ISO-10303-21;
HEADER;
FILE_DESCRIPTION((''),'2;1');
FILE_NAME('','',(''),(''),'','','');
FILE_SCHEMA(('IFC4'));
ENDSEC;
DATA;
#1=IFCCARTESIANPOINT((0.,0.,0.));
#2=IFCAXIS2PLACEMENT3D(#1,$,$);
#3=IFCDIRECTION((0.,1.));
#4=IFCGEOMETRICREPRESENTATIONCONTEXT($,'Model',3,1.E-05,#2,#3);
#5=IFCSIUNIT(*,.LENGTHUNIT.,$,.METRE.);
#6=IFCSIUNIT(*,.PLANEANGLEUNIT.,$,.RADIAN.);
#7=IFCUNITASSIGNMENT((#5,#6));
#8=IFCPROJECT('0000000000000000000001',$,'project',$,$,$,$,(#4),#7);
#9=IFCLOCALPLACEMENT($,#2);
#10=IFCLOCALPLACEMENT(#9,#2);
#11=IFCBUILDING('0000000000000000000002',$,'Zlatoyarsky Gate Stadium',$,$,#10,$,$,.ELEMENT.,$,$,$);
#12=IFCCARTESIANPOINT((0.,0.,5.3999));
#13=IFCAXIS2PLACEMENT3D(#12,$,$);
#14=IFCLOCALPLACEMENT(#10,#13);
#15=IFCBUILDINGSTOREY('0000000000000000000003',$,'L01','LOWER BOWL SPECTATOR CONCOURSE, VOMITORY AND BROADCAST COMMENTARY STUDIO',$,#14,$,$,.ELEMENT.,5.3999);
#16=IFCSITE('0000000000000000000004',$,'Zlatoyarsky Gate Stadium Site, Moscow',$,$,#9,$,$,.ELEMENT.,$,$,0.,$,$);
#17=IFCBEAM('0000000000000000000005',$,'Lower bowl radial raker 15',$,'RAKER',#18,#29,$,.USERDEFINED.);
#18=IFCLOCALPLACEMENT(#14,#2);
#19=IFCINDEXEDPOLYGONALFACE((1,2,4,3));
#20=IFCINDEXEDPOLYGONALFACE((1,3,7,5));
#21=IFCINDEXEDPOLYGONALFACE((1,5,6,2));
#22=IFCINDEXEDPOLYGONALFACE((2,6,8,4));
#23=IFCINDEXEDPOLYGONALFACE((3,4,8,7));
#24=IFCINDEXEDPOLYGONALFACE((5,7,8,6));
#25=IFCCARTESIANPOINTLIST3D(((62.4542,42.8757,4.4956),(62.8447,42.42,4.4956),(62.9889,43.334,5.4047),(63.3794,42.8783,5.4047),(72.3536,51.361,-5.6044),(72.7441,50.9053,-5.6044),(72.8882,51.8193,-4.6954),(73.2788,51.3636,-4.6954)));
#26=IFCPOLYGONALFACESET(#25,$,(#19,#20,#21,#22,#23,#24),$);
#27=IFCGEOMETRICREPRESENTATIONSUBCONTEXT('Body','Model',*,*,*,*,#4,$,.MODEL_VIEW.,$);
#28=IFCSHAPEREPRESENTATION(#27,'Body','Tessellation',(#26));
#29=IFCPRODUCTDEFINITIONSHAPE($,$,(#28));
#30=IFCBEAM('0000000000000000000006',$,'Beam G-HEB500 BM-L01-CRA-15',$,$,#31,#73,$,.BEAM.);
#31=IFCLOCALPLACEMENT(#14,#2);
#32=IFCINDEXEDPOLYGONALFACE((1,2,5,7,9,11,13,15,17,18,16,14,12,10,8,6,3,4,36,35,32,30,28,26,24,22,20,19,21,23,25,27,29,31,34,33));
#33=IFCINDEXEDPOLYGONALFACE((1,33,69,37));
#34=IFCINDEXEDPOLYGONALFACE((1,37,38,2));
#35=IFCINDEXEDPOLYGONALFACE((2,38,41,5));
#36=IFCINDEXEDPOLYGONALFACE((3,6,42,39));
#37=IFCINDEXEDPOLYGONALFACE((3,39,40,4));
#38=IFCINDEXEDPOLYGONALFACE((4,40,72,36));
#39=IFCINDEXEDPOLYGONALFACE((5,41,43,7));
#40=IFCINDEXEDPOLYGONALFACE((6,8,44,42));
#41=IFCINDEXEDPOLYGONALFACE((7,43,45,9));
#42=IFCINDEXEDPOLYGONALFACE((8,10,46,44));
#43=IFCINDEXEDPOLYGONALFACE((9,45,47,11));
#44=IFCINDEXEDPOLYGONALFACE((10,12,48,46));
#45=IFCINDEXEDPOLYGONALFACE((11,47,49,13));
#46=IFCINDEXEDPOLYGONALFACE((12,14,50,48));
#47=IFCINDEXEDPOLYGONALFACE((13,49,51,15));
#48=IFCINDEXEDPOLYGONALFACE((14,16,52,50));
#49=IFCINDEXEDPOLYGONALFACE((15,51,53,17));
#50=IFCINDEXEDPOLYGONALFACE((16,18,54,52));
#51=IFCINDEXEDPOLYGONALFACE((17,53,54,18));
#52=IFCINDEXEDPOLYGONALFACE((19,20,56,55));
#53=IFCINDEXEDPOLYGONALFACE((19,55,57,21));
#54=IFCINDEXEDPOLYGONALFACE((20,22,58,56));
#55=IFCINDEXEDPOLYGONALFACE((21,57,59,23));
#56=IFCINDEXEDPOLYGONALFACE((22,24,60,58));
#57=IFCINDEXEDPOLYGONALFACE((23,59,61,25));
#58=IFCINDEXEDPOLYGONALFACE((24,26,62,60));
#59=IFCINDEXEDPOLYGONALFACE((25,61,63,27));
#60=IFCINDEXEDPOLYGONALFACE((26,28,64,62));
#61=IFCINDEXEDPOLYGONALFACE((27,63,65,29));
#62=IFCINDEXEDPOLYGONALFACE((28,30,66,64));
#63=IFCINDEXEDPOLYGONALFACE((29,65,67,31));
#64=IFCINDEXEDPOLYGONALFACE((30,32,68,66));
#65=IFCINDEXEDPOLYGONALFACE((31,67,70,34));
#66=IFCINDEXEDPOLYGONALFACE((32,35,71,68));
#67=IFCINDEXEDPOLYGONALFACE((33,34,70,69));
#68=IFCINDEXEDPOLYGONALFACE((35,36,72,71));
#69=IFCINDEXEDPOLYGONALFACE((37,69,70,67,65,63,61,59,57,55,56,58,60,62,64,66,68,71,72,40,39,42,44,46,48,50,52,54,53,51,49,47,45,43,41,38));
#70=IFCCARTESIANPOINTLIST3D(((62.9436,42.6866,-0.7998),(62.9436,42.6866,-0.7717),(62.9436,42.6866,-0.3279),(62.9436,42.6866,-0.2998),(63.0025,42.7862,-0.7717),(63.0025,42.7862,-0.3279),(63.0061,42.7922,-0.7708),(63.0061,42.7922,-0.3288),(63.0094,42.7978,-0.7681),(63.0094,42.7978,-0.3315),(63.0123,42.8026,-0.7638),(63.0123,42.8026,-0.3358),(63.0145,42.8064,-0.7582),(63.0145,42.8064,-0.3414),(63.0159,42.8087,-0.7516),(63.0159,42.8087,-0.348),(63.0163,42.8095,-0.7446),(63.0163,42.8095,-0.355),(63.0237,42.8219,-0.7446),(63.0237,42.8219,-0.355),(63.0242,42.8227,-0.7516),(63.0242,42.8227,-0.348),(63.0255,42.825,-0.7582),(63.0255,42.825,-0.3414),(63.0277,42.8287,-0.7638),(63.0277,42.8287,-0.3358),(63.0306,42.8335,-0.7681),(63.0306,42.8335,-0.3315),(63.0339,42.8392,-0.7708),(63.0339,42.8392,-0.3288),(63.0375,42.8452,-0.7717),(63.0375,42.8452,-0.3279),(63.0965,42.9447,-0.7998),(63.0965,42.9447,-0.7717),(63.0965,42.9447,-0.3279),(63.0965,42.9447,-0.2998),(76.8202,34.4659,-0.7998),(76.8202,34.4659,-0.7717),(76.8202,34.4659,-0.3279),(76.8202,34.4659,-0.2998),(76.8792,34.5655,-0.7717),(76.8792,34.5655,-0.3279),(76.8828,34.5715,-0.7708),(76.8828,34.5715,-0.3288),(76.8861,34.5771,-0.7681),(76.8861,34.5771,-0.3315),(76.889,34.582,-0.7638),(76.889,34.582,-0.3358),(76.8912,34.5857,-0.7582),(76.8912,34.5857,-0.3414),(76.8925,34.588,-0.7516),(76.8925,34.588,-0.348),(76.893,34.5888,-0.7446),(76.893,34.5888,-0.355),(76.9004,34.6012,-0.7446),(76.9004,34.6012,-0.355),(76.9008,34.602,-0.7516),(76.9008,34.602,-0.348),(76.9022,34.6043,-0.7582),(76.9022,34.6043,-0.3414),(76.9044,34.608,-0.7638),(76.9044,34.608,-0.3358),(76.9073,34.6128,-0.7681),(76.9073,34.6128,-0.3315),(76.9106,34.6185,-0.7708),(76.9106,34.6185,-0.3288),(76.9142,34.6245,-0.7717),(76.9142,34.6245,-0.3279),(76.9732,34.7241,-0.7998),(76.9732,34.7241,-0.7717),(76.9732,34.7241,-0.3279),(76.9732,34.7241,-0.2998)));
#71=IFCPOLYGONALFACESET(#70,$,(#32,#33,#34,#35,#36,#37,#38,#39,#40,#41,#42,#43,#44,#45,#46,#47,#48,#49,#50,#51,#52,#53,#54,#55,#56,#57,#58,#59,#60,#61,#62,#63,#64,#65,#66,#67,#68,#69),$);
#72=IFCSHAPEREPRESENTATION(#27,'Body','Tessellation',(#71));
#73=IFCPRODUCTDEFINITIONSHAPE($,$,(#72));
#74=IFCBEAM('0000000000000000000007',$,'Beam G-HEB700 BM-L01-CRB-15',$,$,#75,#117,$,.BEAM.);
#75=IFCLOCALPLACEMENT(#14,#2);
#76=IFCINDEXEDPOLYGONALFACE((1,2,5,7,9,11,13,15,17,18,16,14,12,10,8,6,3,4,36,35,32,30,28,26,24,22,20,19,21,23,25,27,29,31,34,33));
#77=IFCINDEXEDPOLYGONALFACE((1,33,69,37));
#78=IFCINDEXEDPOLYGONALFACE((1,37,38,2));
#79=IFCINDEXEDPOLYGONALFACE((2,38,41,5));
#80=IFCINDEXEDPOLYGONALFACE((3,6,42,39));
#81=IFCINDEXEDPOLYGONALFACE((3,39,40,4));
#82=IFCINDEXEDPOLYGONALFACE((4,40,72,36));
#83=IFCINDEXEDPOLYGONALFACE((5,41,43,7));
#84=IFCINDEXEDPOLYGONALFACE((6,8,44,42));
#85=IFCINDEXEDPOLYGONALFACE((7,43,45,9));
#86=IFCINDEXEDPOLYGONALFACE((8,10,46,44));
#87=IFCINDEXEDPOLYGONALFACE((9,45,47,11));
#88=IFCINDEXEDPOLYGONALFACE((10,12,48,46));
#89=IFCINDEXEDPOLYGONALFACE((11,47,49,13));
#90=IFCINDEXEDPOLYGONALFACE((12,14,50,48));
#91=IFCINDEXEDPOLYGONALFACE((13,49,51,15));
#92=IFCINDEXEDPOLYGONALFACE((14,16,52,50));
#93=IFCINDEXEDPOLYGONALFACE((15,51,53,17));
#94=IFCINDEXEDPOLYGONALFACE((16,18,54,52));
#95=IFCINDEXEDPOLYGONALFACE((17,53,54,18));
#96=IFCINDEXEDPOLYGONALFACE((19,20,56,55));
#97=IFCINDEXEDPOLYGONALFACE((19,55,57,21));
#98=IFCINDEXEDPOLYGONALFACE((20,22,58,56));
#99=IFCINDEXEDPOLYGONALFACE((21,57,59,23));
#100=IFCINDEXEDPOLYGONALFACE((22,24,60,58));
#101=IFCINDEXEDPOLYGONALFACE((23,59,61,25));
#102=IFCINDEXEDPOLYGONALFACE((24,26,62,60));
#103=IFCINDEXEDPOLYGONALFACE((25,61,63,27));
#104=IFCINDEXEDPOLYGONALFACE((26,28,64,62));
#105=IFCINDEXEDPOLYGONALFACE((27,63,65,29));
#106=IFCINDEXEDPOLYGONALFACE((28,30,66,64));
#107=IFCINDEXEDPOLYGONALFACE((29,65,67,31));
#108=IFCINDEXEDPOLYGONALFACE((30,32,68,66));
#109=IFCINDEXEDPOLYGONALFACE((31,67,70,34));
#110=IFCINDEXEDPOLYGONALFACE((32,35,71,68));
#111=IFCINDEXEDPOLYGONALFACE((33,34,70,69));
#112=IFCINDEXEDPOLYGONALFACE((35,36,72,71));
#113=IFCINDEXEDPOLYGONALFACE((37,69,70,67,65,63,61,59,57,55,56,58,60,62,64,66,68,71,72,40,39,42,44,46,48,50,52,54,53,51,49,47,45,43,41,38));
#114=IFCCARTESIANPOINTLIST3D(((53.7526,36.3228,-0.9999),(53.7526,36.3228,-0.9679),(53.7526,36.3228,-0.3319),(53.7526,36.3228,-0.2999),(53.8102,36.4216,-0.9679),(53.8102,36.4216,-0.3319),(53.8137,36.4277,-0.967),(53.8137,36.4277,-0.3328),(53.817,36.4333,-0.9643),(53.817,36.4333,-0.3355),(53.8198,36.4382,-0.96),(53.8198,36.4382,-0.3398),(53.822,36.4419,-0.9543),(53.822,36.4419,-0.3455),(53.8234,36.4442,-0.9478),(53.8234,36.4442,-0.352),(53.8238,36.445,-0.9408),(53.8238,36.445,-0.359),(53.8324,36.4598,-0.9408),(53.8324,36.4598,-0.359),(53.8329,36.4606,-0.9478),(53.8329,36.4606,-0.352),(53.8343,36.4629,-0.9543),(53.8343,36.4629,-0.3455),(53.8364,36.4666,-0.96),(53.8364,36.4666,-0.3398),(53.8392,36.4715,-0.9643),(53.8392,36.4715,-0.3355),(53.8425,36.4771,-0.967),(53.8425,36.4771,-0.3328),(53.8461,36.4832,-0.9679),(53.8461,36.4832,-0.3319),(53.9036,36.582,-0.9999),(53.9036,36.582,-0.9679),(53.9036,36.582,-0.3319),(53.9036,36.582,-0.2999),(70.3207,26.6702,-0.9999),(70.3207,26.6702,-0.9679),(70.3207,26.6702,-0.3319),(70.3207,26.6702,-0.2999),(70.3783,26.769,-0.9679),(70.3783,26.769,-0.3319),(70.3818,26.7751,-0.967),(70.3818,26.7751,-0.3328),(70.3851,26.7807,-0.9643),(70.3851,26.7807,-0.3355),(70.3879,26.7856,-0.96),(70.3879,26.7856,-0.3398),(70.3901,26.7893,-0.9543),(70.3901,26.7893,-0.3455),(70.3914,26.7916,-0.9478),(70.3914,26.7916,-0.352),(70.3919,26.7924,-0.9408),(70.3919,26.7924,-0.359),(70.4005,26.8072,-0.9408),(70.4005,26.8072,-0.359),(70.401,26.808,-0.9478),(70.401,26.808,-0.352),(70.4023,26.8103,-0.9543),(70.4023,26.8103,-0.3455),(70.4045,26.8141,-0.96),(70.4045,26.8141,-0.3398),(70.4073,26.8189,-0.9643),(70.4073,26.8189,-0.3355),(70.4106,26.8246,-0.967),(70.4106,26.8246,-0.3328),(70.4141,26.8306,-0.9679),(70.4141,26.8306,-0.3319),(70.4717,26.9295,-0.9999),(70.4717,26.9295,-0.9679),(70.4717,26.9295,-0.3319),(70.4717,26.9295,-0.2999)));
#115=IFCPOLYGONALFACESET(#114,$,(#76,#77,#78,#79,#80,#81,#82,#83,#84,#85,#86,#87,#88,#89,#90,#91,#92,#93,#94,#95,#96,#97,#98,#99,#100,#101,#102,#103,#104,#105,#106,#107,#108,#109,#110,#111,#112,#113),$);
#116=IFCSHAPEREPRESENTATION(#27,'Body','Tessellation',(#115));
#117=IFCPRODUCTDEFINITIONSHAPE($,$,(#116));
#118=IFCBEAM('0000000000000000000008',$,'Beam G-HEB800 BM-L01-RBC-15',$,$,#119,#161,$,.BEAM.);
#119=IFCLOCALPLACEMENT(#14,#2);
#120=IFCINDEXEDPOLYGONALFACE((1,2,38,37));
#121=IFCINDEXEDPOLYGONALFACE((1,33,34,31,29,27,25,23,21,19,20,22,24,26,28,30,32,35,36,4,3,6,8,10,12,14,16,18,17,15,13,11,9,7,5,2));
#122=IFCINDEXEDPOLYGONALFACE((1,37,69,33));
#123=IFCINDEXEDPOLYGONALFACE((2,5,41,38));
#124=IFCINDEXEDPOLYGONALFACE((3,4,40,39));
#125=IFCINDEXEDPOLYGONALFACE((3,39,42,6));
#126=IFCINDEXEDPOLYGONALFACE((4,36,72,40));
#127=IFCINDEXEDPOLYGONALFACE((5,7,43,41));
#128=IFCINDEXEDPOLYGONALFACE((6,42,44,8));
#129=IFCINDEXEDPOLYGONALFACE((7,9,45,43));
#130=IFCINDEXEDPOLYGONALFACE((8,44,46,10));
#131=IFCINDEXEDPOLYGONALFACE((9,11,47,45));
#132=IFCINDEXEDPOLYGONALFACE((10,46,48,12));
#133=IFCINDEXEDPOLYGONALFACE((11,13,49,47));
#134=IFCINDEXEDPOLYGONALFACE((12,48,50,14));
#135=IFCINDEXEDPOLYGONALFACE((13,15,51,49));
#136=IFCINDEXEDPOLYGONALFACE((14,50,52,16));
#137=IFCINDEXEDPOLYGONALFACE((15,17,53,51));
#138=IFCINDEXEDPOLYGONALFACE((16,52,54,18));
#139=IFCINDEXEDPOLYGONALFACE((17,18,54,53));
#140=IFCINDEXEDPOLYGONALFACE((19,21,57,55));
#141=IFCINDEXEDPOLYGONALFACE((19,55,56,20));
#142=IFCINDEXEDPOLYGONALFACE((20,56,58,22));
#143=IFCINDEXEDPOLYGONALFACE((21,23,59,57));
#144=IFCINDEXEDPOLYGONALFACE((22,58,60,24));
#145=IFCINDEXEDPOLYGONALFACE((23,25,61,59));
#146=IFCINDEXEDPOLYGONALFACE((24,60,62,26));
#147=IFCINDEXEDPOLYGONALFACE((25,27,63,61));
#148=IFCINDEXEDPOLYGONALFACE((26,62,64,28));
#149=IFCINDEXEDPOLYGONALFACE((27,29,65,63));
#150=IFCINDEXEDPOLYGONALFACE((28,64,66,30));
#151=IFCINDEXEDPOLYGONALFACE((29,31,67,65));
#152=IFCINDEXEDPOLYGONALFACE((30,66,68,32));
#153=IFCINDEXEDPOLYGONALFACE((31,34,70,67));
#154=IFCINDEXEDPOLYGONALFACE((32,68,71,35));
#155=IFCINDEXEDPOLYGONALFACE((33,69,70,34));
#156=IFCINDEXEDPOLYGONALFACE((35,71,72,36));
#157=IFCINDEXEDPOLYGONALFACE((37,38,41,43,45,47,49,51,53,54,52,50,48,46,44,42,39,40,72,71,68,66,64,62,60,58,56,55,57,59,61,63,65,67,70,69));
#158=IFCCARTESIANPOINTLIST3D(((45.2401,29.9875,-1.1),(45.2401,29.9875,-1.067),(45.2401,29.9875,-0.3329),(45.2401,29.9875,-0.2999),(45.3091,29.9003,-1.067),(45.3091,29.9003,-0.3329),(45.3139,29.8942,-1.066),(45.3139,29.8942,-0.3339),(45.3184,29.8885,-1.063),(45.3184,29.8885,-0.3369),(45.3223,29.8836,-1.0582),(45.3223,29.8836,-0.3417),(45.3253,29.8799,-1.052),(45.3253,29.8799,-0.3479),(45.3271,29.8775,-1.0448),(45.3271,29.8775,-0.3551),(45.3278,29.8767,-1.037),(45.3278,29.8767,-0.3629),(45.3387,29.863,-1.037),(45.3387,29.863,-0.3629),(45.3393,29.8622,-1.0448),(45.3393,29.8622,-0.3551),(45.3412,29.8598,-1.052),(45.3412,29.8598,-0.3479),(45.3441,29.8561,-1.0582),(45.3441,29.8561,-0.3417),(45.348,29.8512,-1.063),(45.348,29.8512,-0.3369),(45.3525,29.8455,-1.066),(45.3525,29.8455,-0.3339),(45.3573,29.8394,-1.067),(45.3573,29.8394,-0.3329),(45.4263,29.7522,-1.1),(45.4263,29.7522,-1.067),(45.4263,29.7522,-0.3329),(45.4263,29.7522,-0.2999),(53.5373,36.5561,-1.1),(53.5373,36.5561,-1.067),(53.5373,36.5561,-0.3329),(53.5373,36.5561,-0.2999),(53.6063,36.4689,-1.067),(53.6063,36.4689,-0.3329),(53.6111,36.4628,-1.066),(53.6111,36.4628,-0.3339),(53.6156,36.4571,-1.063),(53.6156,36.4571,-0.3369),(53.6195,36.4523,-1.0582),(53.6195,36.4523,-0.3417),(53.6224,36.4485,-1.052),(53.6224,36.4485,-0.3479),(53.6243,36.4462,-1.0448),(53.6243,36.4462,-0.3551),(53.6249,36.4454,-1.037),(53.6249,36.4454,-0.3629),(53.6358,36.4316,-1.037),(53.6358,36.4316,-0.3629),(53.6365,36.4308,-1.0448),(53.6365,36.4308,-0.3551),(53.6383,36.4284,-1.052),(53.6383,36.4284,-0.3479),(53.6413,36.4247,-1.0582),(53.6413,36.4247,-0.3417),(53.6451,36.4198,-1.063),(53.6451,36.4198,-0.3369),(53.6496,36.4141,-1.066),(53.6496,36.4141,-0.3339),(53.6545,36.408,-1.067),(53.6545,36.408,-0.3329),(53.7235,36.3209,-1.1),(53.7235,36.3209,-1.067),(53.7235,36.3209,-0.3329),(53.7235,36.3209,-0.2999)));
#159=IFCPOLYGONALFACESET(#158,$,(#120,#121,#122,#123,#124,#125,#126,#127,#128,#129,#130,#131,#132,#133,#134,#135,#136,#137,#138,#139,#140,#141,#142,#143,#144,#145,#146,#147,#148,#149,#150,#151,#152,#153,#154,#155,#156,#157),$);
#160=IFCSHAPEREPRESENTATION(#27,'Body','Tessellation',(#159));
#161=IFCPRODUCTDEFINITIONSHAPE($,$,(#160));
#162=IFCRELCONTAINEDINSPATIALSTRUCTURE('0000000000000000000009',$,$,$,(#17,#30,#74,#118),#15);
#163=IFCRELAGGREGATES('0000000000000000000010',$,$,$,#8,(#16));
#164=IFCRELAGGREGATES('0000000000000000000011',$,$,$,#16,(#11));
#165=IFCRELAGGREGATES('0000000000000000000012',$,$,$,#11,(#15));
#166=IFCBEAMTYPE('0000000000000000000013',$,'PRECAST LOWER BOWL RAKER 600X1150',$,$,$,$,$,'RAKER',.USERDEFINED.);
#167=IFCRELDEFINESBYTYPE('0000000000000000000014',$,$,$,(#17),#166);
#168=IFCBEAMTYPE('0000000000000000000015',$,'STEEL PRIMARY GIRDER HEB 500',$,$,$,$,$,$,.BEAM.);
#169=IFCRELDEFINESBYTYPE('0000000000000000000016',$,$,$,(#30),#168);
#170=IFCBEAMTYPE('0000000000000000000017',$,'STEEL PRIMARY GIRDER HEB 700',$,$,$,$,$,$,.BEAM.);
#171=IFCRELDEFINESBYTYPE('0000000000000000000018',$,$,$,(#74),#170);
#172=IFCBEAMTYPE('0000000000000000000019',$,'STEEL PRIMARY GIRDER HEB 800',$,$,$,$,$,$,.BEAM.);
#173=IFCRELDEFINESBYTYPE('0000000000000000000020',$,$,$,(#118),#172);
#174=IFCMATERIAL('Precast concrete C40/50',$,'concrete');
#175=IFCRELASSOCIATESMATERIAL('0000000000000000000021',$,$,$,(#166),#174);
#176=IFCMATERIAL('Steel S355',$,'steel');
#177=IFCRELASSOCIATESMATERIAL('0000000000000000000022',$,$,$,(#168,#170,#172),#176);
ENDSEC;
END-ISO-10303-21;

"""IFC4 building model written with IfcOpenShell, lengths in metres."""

from ifc_helpers import new_model, si_unit, direction, frame, origin, origin_2d, place, context, subcontext, project, spatial, rectangle, i_section, extrude, material, material_profile, profile_set, type_object, element, save


model = new_model("IFC4")

# Units and contexts
model_context = context("Model", 3, precision=1e-05, world=origin(), true_north=direction((0.0, 1.0)))
body_context = subcontext(model_context, "Body", "Model", "MODEL_VIEW")
ifc_project = project(units=[si_unit("LENGTHUNIT", "METRE"), si_unit("PLANEANGLEUNIT", "RADIAN")], contexts=[model_context])

# Site, building, storey
site_placement = place(None, origin())
site = spatial("IfcSite", under=ifc_project, at=site_placement, Name="Zlatoyarsky Gate Stadium Site, Moscow", CompositionType="ELEMENT", RefElevation=0.0)
building_placement = place(site_placement, origin())
building = spatial("IfcBuilding", under=site, at=building_placement, Name="Zlatoyarsky Gate Stadium", CompositionType="ELEMENT")
storey_placement = place(building_placement, frame((0.0, 0.0, 5.3999)))
storey = spatial("IfcBuildingStorey", under=building, at=storey_placement, Name="L01", Description="LOWER BOWL SPECTATOR CONCOURSE, VOMITORY AND BROADCAST COMMENTARY STUDIO", CompositionType="ELEMENT", Elevation=5.3999)

# Beams
ifc_material_1 = material(Name="Precast concrete C40/50", Category="concrete")
ifc_material_profile_1 = material_profile(ifc_material_1, rectangle(XDim=0.6001, YDim=1.1499, at=origin_2d()), Name="PC RAKER 600X1150")
ifc_profile_set_1 = profile_set([ifc_material_profile_1], Name="Precast concrete C40/50")
beam_type_1 = type_object("IfcBeamType", Name="PRECAST LOWER BOWL RAKER 600X1150", ElementType="RAKER", PredefinedType="USERDEFINED", material=ifc_profile_set_1)
beam_1_placement = place(storey_placement, frame((72.8162, 51.3623, -5.1499), z_axis=(-0.600227, -0.514489, 0.612395), x_axis=(0.650798, -0.759251, 0.0)))
element("IfcBeam", 1, at=beam_1_placement, inside=storey, type_object=beam_type_1, Name="Lower bowl radial raker 15", ObjectType="RAKER", PredefinedType="USERDEFINED", context=body_context, shape_type="SweptSolid", body=[
    extrude(rectangle(XDim=0.6001, YDim=1.1499, at=origin_2d()), origin(), (0.0, 0.0, 1.0), 16.4927),
])
ifc_material_2 = material(Name="Steel S355", Category="steel")
ifc_material_profile_2 = material_profile(ifc_material_2, i_section(OverallWidth=0.3, OverallDepth=0.5, WebThickness=0.0144, FlangeThickness=0.0281, FilletRadius=0.0271, at=origin_2d()), Name="HEB 500")
ifc_profile_set_2 = profile_set([ifc_material_profile_2], Name="Steel S355")
beam_type_2 = type_object("IfcBeamType", Name="STEEL PRIMARY GIRDER HEB 500", PredefinedType="BEAM", material=ifc_profile_set_2)
beam_2_placement = place(storey_placement, frame((63.02, 42.8157, -0.5498), z_axis=(0.86036, -0.509686, 0.0), x_axis=(0.509686, 0.86036, 0.0)))
element("IfcBeam", 2, at=beam_2_placement, inside=storey, type_object=beam_type_2, Name="Beam G-HEB500 BM-L01-CRA-15", PredefinedType="BEAM", context=body_context, shape_type="SweptSolid", body=[
    extrude(i_section(OverallWidth=0.3, OverallDepth=0.5, WebThickness=0.0144, FlangeThickness=0.0281, FilletRadius=0.0271, at=origin_2d()), origin(), (0.0, 0.0, 1.0), 16.1289),
])
ifc_material_profile_3 = material_profile(ifc_material_2, i_section(OverallWidth=0.3, OverallDepth=0.7, WebThickness=0.0171, FlangeThickness=0.032, FilletRadius=0.0271, at=origin_2d()), Name="HEB 700")
ifc_profile_set_3 = profile_set([ifc_material_profile_3], Name="Steel S355")
beam_type_3 = type_object("IfcBeamType", Name="STEEL PRIMARY GIRDER HEB 700", PredefinedType="BEAM", material=ifc_profile_set_3)
beam_3_placement = place(storey_placement, frame((53.8281, 36.4524, -0.6499), z_axis=(0.864054, -0.503398, 0.0), x_axis=(0.503398, 0.864054, 0.0)))
element("IfcBeam", 3, at=beam_3_placement, inside=storey, type_object=beam_type_3, Name="Beam G-HEB700 BM-L01-CRB-15", PredefinedType="BEAM", context=body_context, shape_type="SweptSolid", body=[
    extrude(i_section(OverallWidth=0.3, OverallDepth=0.7, WebThickness=0.0171, FlangeThickness=0.032, FilletRadius=0.0271, at=origin_2d()), origin(), (0.0, 0.0, 1.0), 19.1748),
])
ifc_material_profile_4 = material_profile(ifc_material_2, i_section(OverallWidth=0.3, OverallDepth=0.8, WebThickness=0.0176, FlangeThickness=0.033, FilletRadius=0.03, at=origin_2d()), Name="HEB 800")
ifc_profile_set_4 = profile_set([ifc_material_profile_4], Name="Steel S355")
beam_type_4 = type_object("IfcBeamType", Name="STEEL PRIMARY GIRDER HEB 800", PredefinedType="BEAM", material=ifc_profile_set_4)
beam_4_placement = place(storey_placement, frame((53.6304, 36.4385, -0.7), z_axis=(-0.784043, -0.620706, 0.0), x_axis=(0.620706, -0.784043, 0.0)))
element("IfcBeam", 4, at=beam_4_placement, inside=storey, type_object=beam_type_4, Name="Beam G-HEB800 BM-L01-RBC-15", PredefinedType="BEAM", context=body_context, shape_type="SweptSolid", body=[
    extrude(i_section(OverallWidth=0.3, OverallDepth=0.8, WebThickness=0.0176, FlangeThickness=0.033, FilletRadius=0.03, at=origin_2d()), origin(), (0.0, 0.0, 1.0), 10.5825),
])

save(model, "model.ifc")
